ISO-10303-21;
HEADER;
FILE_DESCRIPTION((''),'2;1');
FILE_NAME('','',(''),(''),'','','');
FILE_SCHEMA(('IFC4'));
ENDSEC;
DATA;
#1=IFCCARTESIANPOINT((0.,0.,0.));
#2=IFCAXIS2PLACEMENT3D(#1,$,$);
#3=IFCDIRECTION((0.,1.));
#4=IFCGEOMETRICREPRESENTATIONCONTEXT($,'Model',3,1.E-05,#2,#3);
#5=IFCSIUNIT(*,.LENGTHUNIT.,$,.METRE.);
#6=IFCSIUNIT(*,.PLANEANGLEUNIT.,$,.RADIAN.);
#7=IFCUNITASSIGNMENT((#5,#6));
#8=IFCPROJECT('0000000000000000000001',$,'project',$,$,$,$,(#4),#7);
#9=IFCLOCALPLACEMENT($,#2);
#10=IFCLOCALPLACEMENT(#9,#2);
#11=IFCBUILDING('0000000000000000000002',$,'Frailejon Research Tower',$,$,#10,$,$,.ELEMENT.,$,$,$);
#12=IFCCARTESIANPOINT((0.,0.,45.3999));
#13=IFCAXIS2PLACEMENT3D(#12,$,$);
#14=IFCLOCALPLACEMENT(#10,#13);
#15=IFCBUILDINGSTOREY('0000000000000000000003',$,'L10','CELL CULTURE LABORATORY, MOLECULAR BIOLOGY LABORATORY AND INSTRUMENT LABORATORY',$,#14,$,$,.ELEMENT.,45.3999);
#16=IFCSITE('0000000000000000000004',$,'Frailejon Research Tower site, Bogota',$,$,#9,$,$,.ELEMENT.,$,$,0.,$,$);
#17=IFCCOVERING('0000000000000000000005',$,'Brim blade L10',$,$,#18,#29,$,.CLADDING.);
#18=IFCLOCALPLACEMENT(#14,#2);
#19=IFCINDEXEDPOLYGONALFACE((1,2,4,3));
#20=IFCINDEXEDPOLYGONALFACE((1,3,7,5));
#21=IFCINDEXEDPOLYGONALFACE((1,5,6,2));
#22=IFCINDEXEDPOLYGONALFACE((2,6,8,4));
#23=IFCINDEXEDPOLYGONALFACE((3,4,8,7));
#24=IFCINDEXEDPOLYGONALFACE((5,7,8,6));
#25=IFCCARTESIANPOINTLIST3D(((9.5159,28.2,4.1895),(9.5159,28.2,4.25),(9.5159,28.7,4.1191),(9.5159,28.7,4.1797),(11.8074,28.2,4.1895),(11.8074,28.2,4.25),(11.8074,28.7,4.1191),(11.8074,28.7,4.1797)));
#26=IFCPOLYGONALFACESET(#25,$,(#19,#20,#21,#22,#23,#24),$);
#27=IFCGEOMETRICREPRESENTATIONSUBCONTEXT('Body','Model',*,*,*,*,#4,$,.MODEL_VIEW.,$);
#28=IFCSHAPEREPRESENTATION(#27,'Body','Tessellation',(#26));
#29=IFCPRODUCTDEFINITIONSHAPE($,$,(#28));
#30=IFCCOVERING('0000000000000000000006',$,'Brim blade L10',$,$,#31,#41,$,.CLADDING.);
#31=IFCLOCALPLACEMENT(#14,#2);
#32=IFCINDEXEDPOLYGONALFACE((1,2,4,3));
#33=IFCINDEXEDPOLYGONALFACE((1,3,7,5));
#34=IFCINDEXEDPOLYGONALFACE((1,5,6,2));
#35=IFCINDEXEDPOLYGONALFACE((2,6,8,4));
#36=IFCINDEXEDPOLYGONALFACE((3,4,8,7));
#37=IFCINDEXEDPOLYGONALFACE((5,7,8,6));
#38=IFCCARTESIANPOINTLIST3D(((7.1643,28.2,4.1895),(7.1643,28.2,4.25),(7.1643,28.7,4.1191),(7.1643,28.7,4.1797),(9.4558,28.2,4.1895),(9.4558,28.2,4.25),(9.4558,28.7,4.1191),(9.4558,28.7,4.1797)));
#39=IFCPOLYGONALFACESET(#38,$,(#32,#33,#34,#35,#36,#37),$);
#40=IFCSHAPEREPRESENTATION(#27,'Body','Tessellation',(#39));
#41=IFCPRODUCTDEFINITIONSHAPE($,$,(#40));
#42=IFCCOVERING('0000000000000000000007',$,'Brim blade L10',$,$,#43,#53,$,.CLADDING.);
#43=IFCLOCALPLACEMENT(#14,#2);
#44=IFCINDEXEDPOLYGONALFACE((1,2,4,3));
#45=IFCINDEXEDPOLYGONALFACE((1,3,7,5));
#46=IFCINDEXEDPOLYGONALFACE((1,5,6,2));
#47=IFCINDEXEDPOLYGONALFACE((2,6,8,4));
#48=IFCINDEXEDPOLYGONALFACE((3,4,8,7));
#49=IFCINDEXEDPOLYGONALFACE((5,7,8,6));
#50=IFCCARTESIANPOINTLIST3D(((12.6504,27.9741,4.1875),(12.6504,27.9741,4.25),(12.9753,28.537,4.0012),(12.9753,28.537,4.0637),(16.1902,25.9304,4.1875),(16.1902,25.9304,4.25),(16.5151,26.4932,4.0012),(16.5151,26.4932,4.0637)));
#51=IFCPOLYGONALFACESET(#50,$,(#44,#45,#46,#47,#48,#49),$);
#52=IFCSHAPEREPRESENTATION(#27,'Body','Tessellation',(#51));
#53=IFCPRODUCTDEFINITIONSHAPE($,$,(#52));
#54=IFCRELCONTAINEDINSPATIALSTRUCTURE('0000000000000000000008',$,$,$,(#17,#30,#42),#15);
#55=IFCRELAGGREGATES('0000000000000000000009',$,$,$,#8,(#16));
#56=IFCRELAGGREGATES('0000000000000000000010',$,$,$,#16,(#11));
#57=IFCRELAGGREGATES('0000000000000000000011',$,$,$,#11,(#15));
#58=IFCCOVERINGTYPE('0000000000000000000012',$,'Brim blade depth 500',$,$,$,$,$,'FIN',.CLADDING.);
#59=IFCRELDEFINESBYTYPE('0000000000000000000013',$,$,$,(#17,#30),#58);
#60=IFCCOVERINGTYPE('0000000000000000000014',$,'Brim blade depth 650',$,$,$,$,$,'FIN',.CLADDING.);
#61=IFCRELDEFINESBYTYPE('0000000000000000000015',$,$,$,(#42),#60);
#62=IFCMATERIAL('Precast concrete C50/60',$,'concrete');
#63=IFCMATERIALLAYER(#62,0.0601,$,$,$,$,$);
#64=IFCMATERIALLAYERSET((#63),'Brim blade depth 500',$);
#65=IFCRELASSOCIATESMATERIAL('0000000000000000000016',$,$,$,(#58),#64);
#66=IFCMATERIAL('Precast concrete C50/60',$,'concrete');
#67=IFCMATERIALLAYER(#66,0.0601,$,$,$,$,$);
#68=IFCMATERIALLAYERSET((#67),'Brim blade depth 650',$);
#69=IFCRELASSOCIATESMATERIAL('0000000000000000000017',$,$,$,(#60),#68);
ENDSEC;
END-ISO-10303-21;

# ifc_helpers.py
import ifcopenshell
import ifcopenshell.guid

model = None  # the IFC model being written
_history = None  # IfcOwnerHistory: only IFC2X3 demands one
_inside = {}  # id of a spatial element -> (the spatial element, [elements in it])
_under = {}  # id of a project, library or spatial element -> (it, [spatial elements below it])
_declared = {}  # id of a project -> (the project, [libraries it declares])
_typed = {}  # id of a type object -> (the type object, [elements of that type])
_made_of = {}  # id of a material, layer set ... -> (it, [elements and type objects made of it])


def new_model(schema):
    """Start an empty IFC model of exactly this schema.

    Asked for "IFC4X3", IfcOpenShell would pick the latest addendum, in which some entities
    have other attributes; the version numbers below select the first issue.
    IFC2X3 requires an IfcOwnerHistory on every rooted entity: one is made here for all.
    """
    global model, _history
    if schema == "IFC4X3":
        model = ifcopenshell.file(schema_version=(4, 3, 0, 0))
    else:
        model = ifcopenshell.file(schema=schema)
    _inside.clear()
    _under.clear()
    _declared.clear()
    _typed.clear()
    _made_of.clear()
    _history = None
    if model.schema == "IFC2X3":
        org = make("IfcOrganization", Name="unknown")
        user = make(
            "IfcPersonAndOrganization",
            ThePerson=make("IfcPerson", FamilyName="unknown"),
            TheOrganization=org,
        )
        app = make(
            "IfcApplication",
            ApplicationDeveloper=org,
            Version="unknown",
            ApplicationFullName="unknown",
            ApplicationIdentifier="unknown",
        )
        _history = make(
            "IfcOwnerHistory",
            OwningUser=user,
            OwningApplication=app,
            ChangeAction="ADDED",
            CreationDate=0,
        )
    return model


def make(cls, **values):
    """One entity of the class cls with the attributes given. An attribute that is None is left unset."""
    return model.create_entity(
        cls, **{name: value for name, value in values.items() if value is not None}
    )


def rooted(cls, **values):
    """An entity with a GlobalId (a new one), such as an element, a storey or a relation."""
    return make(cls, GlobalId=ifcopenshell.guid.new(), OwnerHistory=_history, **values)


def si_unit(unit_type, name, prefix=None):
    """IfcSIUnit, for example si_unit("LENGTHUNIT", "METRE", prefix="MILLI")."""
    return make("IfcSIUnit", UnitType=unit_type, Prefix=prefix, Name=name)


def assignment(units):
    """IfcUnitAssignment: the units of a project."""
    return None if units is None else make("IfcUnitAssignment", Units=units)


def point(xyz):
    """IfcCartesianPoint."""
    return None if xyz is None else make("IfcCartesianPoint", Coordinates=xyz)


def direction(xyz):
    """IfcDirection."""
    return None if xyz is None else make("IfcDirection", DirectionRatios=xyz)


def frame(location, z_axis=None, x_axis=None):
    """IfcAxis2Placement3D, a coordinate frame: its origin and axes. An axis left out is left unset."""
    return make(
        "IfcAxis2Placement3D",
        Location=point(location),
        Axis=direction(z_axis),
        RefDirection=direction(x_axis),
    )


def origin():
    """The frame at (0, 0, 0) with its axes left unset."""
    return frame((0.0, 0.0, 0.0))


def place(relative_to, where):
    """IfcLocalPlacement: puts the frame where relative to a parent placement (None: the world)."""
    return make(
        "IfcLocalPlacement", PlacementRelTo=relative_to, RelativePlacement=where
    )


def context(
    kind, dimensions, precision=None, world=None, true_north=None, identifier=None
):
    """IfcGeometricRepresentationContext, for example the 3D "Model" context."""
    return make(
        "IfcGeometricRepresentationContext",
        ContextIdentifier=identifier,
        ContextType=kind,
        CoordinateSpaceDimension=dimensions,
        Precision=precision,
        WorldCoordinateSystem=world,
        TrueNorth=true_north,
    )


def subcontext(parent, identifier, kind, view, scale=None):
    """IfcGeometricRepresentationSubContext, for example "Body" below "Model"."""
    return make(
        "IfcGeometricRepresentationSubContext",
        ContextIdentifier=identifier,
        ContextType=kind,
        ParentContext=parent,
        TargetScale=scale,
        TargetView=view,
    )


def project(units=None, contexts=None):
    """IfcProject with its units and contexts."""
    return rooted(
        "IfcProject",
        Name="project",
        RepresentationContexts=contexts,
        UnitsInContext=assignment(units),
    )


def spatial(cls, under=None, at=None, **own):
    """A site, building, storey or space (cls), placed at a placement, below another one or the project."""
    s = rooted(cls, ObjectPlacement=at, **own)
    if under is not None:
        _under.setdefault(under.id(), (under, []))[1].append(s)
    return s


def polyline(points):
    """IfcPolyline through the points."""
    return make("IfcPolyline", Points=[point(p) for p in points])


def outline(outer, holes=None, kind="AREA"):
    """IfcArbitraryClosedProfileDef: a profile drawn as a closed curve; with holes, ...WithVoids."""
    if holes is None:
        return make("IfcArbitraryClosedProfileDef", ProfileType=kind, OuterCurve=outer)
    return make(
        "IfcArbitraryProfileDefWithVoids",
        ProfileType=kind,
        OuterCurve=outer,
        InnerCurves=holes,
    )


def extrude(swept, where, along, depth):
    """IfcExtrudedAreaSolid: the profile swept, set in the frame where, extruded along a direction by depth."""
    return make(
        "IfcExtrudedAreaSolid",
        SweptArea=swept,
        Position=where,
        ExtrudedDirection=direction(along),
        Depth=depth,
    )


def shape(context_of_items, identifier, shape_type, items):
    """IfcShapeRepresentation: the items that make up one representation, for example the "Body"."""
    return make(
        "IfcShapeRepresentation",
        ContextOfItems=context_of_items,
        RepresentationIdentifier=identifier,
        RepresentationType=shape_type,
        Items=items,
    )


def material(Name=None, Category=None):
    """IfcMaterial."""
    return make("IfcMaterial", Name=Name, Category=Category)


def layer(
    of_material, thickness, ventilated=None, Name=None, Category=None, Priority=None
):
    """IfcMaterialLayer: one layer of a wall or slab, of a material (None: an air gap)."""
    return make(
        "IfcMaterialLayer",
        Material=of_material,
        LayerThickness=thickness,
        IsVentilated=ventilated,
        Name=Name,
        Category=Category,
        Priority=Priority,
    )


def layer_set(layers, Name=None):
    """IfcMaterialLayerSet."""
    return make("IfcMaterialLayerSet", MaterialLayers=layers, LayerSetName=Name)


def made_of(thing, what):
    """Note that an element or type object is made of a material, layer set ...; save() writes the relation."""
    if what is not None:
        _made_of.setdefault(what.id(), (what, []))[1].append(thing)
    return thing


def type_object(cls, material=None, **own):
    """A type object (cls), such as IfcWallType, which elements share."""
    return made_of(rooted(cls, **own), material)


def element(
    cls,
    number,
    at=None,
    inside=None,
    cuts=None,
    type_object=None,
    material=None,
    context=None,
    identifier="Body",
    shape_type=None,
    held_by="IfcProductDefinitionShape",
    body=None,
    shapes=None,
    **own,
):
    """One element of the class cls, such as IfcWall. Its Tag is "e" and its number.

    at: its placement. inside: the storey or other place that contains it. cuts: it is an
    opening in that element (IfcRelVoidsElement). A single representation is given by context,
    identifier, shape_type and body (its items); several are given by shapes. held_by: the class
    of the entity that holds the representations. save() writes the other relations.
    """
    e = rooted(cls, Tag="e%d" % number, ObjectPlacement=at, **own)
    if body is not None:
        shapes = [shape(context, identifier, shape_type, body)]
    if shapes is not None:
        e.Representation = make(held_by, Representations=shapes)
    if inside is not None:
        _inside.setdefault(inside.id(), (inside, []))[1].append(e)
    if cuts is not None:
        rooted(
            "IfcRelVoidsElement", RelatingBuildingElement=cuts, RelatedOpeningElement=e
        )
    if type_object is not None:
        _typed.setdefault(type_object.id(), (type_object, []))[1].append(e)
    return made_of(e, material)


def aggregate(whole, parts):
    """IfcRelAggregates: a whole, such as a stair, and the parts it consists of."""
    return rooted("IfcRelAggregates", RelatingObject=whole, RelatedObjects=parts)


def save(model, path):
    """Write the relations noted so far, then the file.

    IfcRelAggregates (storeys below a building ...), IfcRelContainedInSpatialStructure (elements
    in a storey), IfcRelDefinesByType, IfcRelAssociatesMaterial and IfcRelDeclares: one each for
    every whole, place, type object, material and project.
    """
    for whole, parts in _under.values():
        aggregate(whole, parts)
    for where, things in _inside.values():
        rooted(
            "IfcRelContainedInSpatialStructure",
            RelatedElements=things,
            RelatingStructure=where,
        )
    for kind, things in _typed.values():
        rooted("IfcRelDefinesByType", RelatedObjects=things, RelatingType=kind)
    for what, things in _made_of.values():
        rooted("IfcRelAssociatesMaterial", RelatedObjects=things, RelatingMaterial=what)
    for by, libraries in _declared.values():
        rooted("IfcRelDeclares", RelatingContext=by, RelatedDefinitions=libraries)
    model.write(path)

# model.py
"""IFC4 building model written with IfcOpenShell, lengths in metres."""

from ifc_helpers import new_model, si_unit, direction, frame, origin, place, context, subcontext, project, spatial, polyline, outline, extrude, material, layer, layer_set, type_object, element, save


model = new_model("IFC4")

# Units and contexts
model_context = context("Model", 3, precision=1e-05, world=origin(), true_north=direction((0.0, 1.0)))
body_context = subcontext(model_context, "Body", "Model", "MODEL_VIEW")
ifc_project = project(units=[si_unit("LENGTHUNIT", "METRE"), si_unit("PLANEANGLEUNIT", "RADIAN")], contexts=[model_context])

# Site, building, storey
site_placement = place(None, origin())
site = spatial("IfcSite", under=ifc_project, at=site_placement, Name="Frailejon Research Tower site, Bogota", CompositionType="ELEMENT", RefElevation=0.0)
building_placement = place(site_placement, origin())
building = spatial("IfcBuilding", under=site, at=building_placement, Name="Frailejon Research Tower", CompositionType="ELEMENT")
storey_placement = place(building_placement, frame((0.0, 0.0, 45.3999)))
storey = spatial("IfcBuildingStorey", under=building, at=storey_placement, Name="L10", Description="CELL CULTURE LABORATORY, MOLECULAR BIOLOGY LABORATORY AND INSTRUMENT LABORATORY", CompositionType="ELEMENT", Elevation=45.3999)

# Coverings
ifc_material_1 = material(Name="Precast concrete C50/60", Category="concrete")
ifc_layer_1 = layer(ifc_material_1, 0.0601)
ifc_layer_set_1 = layer_set([ifc_layer_1], Name="Brim blade depth 500")
covering_type_1 = type_object("IfcCoveringType", Name="Brim blade depth 500", ElementType="FIN", PredefinedType="CLADDING", material=ifc_layer_set_1)
for number, where, z_axis, x_axis, name in (
    (1, (9.5159, 28.2, 4.25), (1.0, 0.0, 0.0), (0.0, 1.0, 0.0), "Brim blade L10"),
    (2, (7.1643, 28.2, 4.25), (1.0, 0.0, 0.0), (0.0, 1.0, 0.0), "Brim blade L10"),
):
    element("IfcCovering", number, at=place(storey_placement, frame(where, z_axis=z_axis, x_axis=x_axis)), inside=storey, type_object=covering_type_1, Name=name, PredefinedType="CLADDING", context=body_context, shape_type="SweptSolid", body=[
        extrude(outline(polyline([(0.0, -0.0605), (0.5, -0.1309), (0.5, -0.0703), (0.0, 0.0), (0.0, -0.0605)])), origin(), (0.0, 0.0, 1.0), 2.2915),
    ])
ifc_material_2 = material(Name="Precast concrete C50/60", Category="concrete")
ifc_layer_2 = layer(ifc_material_2, 0.0601)
ifc_layer_set_2 = layer_set([ifc_layer_2], Name="Brim blade depth 650")
covering_type_2 = type_object("IfcCoveringType", Name="Brim blade depth 650", ElementType="FIN", PredefinedType="CLADDING", material=ifc_layer_set_2)
covering_placement = place(storey_placement, frame((12.6504, 27.9741, 4.25), z_axis=(0.866021, -0.500007, 0.0), x_axis=(0.500007, 0.866021, 0.0)))
element("IfcCovering", 3, at=covering_placement, inside=storey, type_object=covering_type_2, Name="Brim blade L10", PredefinedType="CLADDING", context=body_context, shape_type="SweptSolid", body=[
    extrude(outline(polyline([(0.0, -0.0625), (0.6499, -0.2488), (0.6499, -0.1863), (0.0, 0.0), (0.0, -0.0625)])), origin(), (0.0, 0.0, 1.0), 4.0874),
])

save(model, "model.ifc")
